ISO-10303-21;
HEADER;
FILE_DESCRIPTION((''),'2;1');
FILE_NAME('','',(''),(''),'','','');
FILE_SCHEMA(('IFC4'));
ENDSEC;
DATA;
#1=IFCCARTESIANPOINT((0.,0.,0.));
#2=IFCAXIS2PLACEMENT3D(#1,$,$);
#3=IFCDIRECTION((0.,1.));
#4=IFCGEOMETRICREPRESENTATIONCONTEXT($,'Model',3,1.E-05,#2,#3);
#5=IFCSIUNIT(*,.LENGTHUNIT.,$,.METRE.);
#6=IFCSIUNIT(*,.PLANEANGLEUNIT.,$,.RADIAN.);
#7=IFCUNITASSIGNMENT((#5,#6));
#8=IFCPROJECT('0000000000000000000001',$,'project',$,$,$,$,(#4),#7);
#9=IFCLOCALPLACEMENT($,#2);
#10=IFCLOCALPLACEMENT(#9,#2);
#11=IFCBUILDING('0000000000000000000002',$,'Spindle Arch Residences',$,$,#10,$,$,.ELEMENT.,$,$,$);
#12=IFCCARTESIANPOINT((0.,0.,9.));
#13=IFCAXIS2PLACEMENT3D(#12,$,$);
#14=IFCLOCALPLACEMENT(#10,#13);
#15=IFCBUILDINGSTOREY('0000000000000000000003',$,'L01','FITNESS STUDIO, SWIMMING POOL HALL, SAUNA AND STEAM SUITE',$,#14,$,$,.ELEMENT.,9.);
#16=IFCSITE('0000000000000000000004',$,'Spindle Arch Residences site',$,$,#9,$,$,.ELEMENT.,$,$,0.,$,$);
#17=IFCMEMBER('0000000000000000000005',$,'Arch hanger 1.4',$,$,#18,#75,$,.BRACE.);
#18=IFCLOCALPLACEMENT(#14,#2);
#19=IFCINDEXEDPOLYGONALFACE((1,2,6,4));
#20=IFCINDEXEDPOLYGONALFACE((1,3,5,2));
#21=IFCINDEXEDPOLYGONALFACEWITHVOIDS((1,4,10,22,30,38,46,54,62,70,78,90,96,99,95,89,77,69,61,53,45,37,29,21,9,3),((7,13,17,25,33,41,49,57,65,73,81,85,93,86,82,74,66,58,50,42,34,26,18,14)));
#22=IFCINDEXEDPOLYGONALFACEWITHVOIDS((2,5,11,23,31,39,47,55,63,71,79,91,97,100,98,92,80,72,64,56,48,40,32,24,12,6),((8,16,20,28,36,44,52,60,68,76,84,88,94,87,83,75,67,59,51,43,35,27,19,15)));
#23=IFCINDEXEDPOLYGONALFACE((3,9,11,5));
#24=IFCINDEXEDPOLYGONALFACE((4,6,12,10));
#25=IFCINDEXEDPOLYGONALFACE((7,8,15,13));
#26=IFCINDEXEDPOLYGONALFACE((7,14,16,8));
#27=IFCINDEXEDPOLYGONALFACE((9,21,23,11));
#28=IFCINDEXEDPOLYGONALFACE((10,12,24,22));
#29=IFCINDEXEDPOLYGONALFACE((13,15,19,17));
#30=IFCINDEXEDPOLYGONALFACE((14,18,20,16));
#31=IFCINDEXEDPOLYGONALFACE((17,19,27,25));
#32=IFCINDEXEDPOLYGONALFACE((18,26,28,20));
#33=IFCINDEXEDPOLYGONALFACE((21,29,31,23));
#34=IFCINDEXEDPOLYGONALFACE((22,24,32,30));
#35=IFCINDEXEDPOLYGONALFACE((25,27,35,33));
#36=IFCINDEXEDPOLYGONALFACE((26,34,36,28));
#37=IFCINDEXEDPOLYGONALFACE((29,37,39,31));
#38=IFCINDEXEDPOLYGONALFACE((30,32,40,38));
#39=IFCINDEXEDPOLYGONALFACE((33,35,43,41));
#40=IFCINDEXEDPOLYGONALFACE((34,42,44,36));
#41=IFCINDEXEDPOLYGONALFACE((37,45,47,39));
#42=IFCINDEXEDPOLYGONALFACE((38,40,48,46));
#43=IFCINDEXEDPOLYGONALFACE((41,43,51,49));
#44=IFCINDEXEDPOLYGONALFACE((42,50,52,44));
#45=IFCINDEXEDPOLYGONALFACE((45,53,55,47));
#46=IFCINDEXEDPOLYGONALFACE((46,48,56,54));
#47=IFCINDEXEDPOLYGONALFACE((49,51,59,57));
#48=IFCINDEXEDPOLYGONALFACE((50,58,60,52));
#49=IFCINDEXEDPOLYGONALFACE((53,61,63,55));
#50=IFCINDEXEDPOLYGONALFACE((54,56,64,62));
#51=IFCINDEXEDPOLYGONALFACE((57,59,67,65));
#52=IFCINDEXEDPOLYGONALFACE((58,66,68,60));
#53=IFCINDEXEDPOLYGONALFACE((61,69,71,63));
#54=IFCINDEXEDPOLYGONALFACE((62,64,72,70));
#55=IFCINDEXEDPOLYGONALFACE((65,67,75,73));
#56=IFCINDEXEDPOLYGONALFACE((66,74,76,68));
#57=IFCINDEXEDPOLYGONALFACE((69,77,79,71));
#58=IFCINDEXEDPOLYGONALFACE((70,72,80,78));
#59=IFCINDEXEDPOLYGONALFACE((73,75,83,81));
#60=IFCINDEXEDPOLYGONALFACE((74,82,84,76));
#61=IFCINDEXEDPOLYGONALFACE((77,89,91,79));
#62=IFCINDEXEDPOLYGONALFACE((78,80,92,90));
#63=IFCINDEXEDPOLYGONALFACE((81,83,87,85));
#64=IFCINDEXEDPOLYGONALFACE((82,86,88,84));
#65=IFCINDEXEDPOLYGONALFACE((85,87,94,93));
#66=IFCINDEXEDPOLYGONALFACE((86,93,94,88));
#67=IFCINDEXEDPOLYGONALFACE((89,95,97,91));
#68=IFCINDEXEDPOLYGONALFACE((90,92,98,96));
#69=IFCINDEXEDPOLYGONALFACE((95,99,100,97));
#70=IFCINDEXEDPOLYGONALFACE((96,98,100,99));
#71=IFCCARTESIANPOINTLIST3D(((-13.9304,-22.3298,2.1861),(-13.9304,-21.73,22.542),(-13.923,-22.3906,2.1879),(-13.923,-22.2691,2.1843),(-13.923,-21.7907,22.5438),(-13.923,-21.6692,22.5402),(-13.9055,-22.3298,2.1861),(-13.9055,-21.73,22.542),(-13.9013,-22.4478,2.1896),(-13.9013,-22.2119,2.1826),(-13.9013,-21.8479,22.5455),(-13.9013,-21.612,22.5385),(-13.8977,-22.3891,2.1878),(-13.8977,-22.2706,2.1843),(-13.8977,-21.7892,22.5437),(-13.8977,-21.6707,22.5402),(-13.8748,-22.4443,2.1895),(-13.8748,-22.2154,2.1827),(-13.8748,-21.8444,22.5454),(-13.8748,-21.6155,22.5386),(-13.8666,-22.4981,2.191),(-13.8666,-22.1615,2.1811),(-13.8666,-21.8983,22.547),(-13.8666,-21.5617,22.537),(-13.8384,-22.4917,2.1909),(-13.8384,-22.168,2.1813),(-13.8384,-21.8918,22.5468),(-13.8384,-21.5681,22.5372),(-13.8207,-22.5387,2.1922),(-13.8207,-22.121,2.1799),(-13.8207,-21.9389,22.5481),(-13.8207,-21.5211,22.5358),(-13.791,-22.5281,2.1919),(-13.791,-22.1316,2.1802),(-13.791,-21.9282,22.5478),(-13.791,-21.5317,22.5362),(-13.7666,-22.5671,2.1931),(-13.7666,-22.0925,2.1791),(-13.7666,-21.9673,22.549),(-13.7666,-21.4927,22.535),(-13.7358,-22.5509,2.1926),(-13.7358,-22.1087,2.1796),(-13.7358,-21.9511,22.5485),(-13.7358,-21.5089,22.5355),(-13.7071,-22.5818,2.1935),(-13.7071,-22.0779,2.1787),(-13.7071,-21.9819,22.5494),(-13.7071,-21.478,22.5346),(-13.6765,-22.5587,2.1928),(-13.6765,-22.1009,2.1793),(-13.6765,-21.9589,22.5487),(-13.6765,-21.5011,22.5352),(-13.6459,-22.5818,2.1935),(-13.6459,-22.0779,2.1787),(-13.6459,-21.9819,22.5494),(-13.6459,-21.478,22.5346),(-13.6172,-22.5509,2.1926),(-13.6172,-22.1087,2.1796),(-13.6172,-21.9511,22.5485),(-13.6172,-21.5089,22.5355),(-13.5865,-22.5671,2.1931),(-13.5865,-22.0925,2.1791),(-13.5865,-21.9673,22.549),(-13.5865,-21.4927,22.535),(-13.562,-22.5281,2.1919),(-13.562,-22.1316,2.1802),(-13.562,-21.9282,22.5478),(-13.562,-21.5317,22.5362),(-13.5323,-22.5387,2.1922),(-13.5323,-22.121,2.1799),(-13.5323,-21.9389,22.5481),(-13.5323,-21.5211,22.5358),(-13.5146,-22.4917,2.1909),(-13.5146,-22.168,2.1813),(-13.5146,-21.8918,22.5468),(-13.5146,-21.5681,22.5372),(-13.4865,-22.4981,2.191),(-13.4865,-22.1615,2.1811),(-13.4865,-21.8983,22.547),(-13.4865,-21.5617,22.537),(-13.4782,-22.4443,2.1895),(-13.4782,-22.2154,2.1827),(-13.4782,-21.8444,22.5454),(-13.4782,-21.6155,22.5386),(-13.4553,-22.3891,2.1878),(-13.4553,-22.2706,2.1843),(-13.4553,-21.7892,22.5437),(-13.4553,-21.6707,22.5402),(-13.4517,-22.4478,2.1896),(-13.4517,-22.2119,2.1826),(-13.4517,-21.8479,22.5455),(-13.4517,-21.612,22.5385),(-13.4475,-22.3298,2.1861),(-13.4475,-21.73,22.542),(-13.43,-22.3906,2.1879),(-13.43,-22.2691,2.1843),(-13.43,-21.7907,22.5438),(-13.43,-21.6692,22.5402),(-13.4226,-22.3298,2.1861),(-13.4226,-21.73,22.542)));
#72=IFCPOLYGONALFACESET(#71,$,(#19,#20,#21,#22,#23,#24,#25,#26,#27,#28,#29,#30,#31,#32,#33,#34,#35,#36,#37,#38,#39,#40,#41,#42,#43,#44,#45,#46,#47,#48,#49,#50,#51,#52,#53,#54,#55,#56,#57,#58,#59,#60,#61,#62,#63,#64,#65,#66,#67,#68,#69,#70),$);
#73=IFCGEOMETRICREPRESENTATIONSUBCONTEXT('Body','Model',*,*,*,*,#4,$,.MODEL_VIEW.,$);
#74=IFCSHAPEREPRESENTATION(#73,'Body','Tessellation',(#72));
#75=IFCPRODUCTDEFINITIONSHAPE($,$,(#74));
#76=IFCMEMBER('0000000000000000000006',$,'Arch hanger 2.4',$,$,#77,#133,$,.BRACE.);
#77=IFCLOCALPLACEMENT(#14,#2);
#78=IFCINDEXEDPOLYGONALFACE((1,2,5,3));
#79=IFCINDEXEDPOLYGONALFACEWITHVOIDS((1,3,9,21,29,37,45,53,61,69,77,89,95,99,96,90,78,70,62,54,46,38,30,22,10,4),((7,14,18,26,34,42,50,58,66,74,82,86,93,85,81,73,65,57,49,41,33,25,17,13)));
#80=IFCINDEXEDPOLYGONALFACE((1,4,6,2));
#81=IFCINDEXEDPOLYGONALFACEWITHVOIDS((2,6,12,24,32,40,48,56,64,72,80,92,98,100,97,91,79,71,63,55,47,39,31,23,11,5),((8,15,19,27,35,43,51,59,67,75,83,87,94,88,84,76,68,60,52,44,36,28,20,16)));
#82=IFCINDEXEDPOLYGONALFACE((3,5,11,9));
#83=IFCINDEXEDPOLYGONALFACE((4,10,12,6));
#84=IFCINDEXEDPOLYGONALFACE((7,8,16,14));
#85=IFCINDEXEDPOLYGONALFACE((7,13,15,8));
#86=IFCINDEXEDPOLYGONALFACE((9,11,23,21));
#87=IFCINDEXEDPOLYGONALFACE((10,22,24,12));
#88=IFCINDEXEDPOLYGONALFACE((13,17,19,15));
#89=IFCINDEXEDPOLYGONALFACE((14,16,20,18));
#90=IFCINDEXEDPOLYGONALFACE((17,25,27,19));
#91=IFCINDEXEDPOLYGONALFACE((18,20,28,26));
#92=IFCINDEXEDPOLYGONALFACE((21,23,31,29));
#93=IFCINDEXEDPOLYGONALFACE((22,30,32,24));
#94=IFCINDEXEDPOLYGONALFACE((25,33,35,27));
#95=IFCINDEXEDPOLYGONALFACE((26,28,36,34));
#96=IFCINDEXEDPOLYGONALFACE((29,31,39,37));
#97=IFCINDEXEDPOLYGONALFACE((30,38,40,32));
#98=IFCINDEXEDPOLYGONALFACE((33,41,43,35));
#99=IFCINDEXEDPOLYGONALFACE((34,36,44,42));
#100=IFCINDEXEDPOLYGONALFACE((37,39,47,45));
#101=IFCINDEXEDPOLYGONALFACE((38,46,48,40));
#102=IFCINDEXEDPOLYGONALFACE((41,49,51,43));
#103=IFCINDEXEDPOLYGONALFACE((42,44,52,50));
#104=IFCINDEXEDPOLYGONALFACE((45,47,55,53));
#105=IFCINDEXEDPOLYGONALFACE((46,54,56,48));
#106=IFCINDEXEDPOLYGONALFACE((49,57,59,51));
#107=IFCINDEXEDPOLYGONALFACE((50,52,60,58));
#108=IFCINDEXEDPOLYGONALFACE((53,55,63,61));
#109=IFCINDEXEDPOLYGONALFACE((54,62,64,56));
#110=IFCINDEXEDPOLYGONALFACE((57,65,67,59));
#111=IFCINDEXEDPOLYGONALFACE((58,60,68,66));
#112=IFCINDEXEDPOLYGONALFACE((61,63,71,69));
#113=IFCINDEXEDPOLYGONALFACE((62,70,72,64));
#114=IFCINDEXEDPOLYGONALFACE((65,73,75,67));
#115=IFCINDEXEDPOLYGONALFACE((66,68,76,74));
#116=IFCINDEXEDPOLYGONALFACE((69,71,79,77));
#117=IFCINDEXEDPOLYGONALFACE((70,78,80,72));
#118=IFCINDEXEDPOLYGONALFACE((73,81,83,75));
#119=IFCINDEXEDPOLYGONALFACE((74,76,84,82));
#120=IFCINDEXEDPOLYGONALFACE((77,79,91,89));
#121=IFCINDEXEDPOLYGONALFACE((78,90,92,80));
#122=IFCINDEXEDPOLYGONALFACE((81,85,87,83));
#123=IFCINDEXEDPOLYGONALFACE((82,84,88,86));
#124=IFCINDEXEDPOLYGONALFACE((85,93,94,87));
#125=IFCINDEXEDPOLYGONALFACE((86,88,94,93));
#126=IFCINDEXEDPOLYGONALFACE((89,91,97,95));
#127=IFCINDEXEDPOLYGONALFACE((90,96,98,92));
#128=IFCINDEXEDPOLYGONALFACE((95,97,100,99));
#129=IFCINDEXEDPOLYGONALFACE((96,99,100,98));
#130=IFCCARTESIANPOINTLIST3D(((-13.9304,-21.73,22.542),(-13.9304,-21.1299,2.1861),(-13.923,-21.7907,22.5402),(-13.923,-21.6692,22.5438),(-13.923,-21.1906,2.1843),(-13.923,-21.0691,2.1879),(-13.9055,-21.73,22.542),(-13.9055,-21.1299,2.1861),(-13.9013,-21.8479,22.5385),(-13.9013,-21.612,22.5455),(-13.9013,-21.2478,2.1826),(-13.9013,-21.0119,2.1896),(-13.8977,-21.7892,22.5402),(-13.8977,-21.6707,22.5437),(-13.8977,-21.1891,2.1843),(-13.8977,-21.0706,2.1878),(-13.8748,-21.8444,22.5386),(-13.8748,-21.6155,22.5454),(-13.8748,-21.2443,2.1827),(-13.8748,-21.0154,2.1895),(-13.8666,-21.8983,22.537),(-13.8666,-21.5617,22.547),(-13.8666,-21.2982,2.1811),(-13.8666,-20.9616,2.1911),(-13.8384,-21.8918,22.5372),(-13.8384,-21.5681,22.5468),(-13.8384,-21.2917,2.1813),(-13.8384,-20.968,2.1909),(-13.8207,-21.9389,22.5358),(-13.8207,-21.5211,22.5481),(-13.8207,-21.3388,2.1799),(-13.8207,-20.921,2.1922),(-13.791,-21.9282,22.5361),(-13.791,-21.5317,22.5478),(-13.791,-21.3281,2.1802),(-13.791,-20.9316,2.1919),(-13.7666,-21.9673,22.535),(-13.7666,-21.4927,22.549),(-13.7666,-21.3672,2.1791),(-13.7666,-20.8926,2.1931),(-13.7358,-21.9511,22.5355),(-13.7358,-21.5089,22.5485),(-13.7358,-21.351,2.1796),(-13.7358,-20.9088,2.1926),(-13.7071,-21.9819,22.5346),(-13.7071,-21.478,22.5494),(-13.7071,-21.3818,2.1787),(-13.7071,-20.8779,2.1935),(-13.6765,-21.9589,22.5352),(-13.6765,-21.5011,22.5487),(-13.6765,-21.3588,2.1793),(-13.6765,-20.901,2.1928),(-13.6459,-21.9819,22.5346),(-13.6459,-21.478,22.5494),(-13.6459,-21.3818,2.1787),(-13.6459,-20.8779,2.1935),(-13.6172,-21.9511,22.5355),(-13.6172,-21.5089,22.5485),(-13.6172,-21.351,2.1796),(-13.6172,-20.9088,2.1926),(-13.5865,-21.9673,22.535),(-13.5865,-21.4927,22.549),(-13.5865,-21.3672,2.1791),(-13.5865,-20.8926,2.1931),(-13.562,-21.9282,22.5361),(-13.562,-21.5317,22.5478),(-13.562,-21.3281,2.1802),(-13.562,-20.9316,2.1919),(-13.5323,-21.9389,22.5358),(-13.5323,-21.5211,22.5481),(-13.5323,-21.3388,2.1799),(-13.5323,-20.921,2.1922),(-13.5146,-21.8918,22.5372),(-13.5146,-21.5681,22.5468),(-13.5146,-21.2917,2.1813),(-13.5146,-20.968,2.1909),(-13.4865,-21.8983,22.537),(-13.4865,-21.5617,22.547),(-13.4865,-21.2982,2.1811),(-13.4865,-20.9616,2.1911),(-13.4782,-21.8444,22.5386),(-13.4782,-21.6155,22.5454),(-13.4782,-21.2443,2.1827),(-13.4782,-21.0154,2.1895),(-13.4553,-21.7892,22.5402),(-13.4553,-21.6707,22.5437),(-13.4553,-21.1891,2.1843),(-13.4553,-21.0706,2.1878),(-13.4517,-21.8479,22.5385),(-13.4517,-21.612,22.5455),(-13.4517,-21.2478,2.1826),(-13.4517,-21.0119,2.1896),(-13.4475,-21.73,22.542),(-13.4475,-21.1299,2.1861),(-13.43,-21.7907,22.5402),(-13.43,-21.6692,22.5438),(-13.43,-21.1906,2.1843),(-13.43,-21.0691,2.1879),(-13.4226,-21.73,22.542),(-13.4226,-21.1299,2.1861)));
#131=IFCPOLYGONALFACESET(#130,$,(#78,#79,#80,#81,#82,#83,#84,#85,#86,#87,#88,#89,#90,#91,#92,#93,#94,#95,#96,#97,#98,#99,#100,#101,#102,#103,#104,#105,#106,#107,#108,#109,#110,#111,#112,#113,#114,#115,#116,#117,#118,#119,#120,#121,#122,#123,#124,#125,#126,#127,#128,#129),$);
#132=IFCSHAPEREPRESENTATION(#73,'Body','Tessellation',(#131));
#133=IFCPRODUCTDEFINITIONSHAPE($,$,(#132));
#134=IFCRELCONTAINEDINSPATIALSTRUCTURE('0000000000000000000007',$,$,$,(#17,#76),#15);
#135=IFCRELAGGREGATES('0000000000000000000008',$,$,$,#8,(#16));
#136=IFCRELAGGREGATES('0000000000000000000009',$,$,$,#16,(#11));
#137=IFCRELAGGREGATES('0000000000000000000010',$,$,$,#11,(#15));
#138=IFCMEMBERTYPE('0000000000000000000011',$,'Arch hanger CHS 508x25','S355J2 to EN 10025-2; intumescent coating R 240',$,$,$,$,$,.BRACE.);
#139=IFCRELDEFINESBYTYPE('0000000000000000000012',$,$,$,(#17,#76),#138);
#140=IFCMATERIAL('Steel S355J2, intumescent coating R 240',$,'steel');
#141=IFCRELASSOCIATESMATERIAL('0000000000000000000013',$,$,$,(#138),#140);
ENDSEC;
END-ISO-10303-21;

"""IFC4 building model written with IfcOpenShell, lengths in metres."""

from ifc_helpers import new_model, si_unit, direction, frame, origin, origin_2d, place, context, subcontext, project, spatial, hollow_circle, extrude, material, material_profile, profile_set, type_object, element, save


model = new_model("IFC4")

# Units and contexts
model_context = context("Model", 3, precision=1e-05, world=origin(), true_north=direction((0.0, 1.0)))
body_context = subcontext(model_context, "Body", "Model", "MODEL_VIEW")
ifc_project = project(units=[si_unit("LENGTHUNIT", "METRE"), si_unit("PLANEANGLEUNIT", "RADIAN")], contexts=[model_context])

# Site, building, storey
site_placement = place(None, origin())
site = spatial("IfcSite", under=ifc_project, at=site_placement, Name="Spindle Arch Residences site", CompositionType="ELEMENT", RefElevation=0.0)
building_placement = place(site_placement, origin())
building = spatial("IfcBuilding", under=site, at=building_placement, Name="Spindle Arch Residences", CompositionType="ELEMENT")
storey_placement = place(building_placement, frame((0.0, 0.0, 9.0)))
storey = spatial("IfcBuildingStorey", under=building, at=storey_placement, Name="L01", Description="FITNESS STUDIO, SWIMMING POOL HALL, SAUNA AND STEAM SUITE", CompositionType="ELEMENT", Elevation=9.0)

# Members
ifc_material_1 = material(Name="Steel S355J2, intumescent coating R 240", Category="steel")
ifc_material_profile_1 = material_profile(ifc_material_1, hollow_circle(Radius=0.2539, WallThickness=0.0249, at=origin_2d()), Name="CHS 508x25")
ifc_profile_set_1 = profile_set([ifc_material_profile_1], Name="Steel S355J2, intumescent coating R 240")
member_type_1 = type_object("IfcMemberType", Name="Arch hanger CHS 508x25", Description="S355J2 to EN 10025-2; intumescent coating R 240", PredefinedType="BRACE", material=ifc_profile_set_1)
for number, where, z_axis, x_axis, name in (
    (1, (-13.6765, -21.73, 22.542), (0.0, -0.029455, -0.999566), (1.0, 0.0, 0.0), "Arch hanger 1.4"),
    (2, (-13.6765, -21.73, 22.542), (0.0, 0.029467, -0.999566), (-1.0, 0.0, 0.0), "Arch hanger 2.4"),
):
    element("IfcMember", number, at=place(storey_placement, frame(where, z_axis=z_axis, x_axis=x_axis)), inside=storey, type_object=member_type_1, Name=name, PredefinedType="BRACE", context=body_context, shape_type="SweptSolid", body=[
        extrude(hollow_circle(Radius=0.2539, WallThickness=0.0249, at=origin_2d()), origin(), (0.0, 0.0, 1.0), 20.3647),
    ])

save(model, "model.ifc")
